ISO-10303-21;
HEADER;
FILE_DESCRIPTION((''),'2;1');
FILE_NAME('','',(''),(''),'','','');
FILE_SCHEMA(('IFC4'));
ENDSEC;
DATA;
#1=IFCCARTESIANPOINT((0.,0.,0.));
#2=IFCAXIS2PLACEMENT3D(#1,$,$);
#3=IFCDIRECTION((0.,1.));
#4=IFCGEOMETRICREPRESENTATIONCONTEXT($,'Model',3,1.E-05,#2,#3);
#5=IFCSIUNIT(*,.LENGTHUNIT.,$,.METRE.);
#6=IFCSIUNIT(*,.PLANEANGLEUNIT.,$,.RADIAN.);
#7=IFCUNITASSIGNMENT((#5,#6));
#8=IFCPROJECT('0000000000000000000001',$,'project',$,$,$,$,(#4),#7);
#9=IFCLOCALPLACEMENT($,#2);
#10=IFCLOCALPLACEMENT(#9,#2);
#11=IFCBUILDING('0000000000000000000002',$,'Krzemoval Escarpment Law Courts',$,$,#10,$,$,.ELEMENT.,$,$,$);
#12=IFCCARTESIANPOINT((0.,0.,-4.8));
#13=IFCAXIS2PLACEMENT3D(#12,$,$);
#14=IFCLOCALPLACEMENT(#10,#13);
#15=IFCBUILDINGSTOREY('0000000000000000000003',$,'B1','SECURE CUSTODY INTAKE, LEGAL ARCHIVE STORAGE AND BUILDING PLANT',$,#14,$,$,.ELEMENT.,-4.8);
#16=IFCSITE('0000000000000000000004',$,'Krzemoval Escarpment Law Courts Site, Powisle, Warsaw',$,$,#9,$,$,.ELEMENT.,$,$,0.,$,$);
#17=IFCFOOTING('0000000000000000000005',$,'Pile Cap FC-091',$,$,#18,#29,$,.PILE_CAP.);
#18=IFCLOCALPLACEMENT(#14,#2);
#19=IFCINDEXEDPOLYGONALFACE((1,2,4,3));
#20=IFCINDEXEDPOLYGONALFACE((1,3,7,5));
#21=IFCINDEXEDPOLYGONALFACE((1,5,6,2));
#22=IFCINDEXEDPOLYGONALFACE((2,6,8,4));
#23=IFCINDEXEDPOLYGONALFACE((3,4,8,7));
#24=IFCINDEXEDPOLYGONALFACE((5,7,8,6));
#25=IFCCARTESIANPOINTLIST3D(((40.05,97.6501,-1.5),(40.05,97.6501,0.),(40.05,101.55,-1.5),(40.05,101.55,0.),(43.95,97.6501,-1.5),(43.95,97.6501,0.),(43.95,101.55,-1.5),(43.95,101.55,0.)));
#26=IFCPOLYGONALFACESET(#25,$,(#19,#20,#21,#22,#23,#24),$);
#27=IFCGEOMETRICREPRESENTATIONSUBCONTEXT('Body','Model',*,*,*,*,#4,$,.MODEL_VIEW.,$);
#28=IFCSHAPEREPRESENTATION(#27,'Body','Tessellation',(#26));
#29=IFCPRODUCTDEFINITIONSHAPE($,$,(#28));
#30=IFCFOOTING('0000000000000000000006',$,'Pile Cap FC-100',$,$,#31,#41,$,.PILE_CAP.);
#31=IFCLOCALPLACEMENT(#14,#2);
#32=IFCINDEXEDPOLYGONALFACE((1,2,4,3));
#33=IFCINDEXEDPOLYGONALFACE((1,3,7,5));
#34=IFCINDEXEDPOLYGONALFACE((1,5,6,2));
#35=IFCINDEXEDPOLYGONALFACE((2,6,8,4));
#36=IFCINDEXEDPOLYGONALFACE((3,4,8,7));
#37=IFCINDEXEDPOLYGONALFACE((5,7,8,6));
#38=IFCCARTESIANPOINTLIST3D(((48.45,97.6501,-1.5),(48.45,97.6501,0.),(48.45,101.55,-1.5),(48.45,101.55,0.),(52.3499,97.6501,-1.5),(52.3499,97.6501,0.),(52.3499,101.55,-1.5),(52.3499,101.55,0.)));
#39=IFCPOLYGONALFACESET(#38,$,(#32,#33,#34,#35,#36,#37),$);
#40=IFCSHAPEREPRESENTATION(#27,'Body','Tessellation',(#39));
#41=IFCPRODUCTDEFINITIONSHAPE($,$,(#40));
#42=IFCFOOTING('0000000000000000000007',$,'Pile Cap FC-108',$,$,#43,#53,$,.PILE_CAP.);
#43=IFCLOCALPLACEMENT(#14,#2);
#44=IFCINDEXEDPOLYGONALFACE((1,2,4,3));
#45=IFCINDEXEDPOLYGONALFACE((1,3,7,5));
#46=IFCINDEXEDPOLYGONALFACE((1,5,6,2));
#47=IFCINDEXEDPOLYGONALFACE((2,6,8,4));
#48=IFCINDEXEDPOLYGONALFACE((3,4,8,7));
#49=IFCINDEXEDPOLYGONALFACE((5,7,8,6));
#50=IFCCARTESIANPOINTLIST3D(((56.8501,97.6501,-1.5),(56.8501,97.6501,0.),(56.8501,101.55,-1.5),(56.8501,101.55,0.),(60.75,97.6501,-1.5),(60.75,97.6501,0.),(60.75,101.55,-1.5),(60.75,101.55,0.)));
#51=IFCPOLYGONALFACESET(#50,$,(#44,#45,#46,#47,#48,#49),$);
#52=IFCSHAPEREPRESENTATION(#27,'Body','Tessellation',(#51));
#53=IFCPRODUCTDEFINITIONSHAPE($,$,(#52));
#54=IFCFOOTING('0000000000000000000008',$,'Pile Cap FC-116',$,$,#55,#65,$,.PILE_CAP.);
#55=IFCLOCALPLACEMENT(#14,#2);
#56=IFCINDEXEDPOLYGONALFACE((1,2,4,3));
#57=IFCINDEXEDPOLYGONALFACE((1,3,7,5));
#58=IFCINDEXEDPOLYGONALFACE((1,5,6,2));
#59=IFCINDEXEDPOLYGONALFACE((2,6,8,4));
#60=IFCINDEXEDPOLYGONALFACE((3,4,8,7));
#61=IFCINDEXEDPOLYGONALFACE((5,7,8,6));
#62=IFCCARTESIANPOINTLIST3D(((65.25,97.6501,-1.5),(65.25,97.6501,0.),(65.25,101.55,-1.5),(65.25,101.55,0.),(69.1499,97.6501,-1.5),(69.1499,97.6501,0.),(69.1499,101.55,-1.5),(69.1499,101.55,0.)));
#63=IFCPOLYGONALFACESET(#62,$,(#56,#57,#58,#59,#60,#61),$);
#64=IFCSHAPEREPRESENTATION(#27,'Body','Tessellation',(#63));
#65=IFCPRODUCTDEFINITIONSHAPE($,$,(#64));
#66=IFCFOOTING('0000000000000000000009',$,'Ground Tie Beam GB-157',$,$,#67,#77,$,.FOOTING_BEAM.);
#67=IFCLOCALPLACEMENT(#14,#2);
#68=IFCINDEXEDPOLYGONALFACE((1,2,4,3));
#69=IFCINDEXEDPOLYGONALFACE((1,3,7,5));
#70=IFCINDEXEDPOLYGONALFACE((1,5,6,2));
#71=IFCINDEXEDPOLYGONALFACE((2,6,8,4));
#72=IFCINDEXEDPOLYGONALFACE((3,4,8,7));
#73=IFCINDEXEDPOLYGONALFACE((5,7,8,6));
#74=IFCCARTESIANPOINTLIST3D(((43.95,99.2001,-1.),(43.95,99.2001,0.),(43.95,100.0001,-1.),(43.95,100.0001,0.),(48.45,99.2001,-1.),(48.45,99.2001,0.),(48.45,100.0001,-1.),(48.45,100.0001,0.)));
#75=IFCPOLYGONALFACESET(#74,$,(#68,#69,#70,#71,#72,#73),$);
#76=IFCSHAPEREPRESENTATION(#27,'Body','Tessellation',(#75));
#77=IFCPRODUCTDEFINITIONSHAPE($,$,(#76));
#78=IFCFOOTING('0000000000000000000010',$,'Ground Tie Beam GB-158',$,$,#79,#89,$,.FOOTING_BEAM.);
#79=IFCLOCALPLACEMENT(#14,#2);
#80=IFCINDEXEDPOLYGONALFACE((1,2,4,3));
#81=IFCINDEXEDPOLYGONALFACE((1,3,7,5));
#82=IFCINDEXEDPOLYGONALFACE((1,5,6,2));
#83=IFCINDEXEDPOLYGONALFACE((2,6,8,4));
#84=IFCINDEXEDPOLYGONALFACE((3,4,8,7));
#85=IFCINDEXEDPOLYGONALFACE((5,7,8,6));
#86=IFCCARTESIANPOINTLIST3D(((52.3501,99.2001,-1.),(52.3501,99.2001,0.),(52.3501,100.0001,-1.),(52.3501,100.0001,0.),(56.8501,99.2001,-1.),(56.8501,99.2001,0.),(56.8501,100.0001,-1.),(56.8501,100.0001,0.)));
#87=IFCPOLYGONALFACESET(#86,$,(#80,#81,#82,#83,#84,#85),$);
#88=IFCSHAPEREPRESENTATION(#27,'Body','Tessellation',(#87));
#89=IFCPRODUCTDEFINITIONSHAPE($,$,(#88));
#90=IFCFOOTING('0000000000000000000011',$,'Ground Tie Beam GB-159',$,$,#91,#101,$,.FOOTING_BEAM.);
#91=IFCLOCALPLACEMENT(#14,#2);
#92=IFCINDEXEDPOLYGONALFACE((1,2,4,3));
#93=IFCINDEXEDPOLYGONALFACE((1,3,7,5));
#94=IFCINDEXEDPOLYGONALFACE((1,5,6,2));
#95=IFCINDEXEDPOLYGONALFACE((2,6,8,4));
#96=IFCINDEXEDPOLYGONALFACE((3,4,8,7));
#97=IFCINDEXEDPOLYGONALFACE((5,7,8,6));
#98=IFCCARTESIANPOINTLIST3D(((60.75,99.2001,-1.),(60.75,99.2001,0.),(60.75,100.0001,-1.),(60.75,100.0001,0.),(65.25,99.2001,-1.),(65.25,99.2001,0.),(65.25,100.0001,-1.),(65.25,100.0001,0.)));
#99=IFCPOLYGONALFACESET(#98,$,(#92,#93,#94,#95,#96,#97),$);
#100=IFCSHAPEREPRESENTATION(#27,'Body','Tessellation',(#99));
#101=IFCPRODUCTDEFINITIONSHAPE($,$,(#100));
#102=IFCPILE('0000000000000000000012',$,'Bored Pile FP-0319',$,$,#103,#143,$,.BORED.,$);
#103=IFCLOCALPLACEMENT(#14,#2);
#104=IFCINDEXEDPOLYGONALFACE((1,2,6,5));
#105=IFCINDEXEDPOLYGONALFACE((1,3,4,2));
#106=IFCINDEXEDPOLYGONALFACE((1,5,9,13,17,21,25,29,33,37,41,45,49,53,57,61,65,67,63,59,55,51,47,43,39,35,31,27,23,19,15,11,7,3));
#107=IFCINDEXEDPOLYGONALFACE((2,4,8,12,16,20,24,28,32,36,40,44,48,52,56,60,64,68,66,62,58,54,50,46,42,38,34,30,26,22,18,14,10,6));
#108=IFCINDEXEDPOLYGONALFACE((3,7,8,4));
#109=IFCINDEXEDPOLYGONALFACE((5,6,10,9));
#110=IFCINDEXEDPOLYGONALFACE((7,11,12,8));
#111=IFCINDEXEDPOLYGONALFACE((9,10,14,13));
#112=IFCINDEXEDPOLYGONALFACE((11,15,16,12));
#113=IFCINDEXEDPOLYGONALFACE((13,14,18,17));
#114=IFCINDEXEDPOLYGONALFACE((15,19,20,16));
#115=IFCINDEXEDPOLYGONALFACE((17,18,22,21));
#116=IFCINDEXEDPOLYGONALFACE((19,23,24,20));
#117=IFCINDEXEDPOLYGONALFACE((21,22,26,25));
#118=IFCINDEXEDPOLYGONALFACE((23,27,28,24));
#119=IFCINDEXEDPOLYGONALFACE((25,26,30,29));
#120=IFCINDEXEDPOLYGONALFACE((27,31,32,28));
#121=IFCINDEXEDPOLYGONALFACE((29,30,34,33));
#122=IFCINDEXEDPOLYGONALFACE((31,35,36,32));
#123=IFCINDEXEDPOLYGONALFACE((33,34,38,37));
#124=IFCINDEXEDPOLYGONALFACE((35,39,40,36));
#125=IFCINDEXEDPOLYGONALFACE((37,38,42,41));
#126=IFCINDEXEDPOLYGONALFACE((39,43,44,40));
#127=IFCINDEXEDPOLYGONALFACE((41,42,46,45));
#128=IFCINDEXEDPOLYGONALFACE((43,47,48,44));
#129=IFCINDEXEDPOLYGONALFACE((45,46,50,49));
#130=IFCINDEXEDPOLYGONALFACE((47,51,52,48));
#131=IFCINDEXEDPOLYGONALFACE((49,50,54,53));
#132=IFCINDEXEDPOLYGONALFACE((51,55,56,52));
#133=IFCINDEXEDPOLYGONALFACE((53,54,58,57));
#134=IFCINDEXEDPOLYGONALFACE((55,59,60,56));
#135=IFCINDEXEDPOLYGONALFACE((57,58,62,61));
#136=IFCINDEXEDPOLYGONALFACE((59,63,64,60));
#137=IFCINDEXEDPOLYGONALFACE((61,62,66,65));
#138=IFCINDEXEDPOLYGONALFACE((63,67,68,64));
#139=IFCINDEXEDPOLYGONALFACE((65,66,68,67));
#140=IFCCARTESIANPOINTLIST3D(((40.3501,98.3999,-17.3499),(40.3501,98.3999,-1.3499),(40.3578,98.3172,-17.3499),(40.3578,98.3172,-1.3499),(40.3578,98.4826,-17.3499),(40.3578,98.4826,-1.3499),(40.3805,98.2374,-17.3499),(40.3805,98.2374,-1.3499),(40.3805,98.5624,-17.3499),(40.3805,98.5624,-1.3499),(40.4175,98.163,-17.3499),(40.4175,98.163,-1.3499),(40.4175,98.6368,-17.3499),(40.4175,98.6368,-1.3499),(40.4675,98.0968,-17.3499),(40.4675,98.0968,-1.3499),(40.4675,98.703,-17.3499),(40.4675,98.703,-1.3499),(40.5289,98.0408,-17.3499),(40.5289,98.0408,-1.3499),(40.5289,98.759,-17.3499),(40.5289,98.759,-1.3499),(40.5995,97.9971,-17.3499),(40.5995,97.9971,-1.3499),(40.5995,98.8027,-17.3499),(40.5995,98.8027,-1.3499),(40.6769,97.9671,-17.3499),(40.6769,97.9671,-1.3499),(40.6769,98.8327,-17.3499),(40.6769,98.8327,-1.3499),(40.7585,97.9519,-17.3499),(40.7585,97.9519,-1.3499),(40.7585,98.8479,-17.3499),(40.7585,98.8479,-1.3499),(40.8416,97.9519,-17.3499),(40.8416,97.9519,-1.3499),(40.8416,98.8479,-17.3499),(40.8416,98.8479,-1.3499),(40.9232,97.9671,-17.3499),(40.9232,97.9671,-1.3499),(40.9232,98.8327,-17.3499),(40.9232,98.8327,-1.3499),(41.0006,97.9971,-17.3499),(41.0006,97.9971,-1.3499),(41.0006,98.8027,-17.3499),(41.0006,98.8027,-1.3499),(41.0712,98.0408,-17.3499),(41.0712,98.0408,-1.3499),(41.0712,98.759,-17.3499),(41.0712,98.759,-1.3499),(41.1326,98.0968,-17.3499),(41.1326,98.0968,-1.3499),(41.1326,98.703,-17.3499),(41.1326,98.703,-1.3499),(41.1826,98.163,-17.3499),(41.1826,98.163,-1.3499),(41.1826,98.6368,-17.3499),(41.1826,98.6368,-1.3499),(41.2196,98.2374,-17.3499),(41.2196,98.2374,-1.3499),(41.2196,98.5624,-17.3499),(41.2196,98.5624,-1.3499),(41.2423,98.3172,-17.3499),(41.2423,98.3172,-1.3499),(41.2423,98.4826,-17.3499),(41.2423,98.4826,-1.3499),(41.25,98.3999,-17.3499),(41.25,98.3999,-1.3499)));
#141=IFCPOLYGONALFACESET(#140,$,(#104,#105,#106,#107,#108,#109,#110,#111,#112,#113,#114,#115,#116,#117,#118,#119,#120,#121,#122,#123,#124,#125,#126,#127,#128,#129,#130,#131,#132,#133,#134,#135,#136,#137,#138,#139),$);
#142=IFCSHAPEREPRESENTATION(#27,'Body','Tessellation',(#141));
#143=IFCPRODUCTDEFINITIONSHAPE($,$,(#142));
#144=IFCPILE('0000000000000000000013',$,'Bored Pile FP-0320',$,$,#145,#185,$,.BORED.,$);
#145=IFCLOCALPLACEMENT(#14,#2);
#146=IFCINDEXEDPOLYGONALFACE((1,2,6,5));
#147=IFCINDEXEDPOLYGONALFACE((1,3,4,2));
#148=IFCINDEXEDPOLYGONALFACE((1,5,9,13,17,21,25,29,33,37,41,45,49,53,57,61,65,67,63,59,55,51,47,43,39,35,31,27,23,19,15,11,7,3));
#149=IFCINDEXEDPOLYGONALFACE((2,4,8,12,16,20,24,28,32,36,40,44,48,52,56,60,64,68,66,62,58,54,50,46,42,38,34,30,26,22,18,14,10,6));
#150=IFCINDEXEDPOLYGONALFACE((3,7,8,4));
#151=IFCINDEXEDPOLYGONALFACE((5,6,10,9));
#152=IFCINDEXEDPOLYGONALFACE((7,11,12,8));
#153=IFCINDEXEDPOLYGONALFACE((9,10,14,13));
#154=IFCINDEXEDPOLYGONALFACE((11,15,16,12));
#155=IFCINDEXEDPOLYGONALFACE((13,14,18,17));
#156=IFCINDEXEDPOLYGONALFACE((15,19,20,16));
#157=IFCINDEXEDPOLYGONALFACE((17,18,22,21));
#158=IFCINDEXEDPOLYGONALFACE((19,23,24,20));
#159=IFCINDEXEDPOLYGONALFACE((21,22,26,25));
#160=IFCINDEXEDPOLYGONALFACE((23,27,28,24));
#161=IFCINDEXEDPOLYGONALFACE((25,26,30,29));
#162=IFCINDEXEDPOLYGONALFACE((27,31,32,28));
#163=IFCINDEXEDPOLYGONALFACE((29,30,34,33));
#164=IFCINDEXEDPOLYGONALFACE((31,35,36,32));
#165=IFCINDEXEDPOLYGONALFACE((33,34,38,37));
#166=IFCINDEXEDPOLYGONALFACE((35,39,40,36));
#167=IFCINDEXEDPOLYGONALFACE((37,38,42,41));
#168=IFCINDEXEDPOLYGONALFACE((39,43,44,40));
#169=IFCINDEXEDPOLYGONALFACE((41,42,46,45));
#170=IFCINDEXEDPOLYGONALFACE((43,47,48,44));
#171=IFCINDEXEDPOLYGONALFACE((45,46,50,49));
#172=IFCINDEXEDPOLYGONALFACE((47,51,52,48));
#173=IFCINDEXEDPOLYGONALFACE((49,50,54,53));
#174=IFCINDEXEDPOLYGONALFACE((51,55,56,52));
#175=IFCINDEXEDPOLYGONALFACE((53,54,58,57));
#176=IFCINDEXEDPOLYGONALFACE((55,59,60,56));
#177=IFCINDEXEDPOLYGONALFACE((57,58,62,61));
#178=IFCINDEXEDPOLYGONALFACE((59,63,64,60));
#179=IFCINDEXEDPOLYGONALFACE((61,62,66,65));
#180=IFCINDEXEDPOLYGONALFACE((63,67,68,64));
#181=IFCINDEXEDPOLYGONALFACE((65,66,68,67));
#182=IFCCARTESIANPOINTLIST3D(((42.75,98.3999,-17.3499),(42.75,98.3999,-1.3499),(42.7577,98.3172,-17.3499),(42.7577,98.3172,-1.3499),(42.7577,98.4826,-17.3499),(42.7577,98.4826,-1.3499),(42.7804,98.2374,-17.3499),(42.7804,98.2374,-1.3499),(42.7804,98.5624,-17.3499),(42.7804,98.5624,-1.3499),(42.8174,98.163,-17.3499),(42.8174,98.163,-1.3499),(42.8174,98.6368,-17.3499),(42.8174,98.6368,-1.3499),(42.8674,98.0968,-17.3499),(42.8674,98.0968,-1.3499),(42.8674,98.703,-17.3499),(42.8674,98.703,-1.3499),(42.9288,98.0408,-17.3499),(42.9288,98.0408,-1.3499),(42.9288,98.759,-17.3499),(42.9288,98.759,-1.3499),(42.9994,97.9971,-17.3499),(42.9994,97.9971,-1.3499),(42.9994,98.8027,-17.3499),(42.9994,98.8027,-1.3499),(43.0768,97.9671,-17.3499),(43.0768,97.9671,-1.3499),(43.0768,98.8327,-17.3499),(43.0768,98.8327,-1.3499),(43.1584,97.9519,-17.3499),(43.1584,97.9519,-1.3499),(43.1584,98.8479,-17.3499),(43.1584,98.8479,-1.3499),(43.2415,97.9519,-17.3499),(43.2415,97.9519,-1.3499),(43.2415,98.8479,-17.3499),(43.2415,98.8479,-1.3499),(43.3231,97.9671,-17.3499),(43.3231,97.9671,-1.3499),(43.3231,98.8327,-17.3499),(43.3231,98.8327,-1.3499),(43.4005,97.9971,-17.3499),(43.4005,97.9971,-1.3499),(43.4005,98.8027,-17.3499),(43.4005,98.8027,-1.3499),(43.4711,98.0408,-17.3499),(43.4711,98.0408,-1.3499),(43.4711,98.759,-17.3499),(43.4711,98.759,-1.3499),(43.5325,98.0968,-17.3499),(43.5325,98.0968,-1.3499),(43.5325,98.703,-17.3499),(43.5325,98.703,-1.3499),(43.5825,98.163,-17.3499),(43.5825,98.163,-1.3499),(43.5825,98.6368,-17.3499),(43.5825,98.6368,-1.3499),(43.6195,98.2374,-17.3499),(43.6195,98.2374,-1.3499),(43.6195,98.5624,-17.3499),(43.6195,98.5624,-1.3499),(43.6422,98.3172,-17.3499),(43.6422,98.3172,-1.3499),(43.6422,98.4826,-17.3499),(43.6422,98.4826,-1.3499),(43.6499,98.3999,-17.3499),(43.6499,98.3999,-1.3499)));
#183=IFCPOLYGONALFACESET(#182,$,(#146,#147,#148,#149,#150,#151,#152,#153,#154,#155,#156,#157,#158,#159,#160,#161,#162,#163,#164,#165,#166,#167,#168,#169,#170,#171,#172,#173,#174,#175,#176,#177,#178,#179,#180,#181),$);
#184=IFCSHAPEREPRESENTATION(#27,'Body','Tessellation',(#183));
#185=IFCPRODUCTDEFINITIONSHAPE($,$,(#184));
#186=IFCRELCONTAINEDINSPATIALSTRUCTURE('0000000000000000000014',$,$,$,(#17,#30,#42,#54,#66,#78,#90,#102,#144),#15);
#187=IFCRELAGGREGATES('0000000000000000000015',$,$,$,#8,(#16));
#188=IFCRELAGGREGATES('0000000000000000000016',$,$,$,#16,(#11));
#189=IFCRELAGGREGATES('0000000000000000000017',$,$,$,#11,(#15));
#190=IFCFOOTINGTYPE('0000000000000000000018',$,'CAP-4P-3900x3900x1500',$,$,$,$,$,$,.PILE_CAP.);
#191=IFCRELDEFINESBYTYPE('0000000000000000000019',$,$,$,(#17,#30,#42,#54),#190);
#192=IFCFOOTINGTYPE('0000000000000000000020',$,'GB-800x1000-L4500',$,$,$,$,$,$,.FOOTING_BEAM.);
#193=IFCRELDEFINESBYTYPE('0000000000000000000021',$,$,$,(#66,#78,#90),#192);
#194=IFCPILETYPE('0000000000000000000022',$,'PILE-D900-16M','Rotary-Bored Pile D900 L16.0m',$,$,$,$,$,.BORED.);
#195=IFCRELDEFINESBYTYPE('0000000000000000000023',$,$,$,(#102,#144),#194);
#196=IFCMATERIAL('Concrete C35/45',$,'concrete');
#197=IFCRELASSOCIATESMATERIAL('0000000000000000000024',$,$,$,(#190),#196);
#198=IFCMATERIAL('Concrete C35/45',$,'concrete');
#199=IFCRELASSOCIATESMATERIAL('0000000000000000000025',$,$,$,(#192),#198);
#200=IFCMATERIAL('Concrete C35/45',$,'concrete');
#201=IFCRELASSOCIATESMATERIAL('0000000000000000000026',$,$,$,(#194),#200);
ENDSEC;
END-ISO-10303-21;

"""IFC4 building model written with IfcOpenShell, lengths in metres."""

from ifc_helpers import new_model, si_unit, direction, frame, origin, origin_2d, place, context, subcontext, project, spatial, rectangle, circle, extrude, material, material_profile, profile_set, type_object, element, save


model = new_model("IFC4")

# Units and contexts
model_context = context("Model", 3, precision=1e-05, world=origin(), true_north=direction((0.0, 1.0)))
body_context = subcontext(model_context, "Body", "Model", "MODEL_VIEW")
ifc_project = project(units=[si_unit("LENGTHUNIT", "METRE"), si_unit("PLANEANGLEUNIT", "RADIAN")], contexts=[model_context])

# Site, building, storey
site_placement = place(None, origin())
site = spatial("IfcSite", under=ifc_project, at=site_placement, Name="Krzemoval Escarpment Law Courts Site, Powisle, Warsaw", CompositionType="ELEMENT", RefElevation=0.0)
building_placement = place(site_placement, origin())
building = spatial("IfcBuilding", under=site, at=building_placement, Name="Krzemoval Escarpment Law Courts", CompositionType="ELEMENT")
storey_placement = place(building_placement, frame((0.0, 0.0, -4.8)))
storey = spatial("IfcBuildingStorey", under=building, at=storey_placement, Name="B1", Description="SECURE CUSTODY INTAKE, LEGAL ARCHIVE STORAGE AND BUILDING PLANT", CompositionType="ELEMENT", Elevation=-4.8)

# Footings
ifc_material_1 = material(Name="Concrete C35/45", Category="concrete")
footing_type_1 = type_object("IfcFootingType", Name="CAP-4P-3900x3900x1500", PredefinedType="PILE_CAP", material=ifc_material_1)
for number, where, z_axis, x_axis, name in (
    (1, (42.0, 99.6001, -1.5), (0.0, 0.0, 1.0), (1.0, 0.0, 0.0), "Pile Cap FC-091"),
    (2, (50.3999, 99.6001, -1.5), (0.0, 0.0, 1.0), (1.0, 0.0, 0.0), "Pile Cap FC-100"),
    (3, (58.8, 99.6001, -1.5), (0.0, 0.0, 1.0), (1.0, 0.0, 0.0), "Pile Cap FC-108"),
    (4, (67.2, 99.6001, -1.5), (0.0, 0.0, 1.0), (1.0, 0.0, 0.0), "Pile Cap FC-116"),
):
    element("IfcFooting", number, at=place(storey_placement, frame(where, z_axis=z_axis, x_axis=x_axis)), inside=storey, type_object=footing_type_1, Name=name, PredefinedType="PILE_CAP", context=body_context, shape_type="SweptSolid", body=[
        extrude(rectangle(XDim=3.8999, YDim=3.8999, at=origin_2d()), origin(), (0.0, 0.0, 1.0), 1.5),
    ])
ifc_material_2 = material(Name="Concrete C35/45", Category="concrete")
footing_type_2 = type_object("IfcFootingType", Name="GB-800x1000-L4500", PredefinedType="FOOTING_BEAM", material=ifc_material_2)
for number, where, z_axis, x_axis, name in (
    (5, (46.2, 99.6001, -1.0), (0.0, 0.0, 1.0), (1.0, 0.0, 0.0), "Ground Tie Beam GB-157"),
    (6, (54.6001, 99.6001, -1.0), (0.0, 0.0, 1.0), (1.0, 0.0, 0.0), "Ground Tie Beam GB-158"),
    (7, (63.0, 99.6001, -1.0), (0.0, 0.0, 1.0), (1.0, 0.0, 0.0), "Ground Tie Beam GB-159"),
):
    element("IfcFooting", number, at=place(storey_placement, frame(where, z_axis=z_axis, x_axis=x_axis)), inside=storey, type_object=footing_type_2, Name=name, PredefinedType="FOOTING_BEAM", context=body_context, shape_type="SweptSolid", body=[
        extrude(rectangle(XDim=4.5, YDim=0.8, at=origin_2d()), origin(), (0.0, 0.0, 1.0), 1.0),
    ])

# Piles
ifc_material_3 = material(Name="Concrete C35/45", Category="concrete")
ifc_material_profile_1 = material_profile(ifc_material_3, circle(Radius=0.45, at=origin_2d()), Name="PILE D900")
ifc_profile_set_1 = profile_set([ifc_material_profile_1], Name="Concrete C35/45")
pile_type = type_object("IfcPileType", Name="PILE-D900-16M", Description="Rotary-Bored Pile D900 L16.0m", PredefinedType="BORED", material=ifc_profile_set_1)
for number, where, z_axis, x_axis, name in (
    (8, (40.8, 98.3999, -1.3499), (0.0, 0.0, -1.0), (1.0, 0.0, 0.0), "Bored Pile FP-0319"),
    (9, (43.2, 98.3999, -1.3499), (0.0, 0.0, -1.0), (1.0, 0.0, 0.0), "Bored Pile FP-0320"),
):
    element("IfcPile", number, at=place(storey_placement, frame(where, z_axis=z_axis, x_axis=x_axis)), inside=storey, type_object=pile_type, Name=name, PredefinedType="BORED", context=body_context, shape_type="SweptSolid", body=[
        extrude(circle(Radius=0.45, at=origin_2d()), origin(), (0.0, 0.0, 1.0), 16.0),
    ])

save(model, "model.ifc")
